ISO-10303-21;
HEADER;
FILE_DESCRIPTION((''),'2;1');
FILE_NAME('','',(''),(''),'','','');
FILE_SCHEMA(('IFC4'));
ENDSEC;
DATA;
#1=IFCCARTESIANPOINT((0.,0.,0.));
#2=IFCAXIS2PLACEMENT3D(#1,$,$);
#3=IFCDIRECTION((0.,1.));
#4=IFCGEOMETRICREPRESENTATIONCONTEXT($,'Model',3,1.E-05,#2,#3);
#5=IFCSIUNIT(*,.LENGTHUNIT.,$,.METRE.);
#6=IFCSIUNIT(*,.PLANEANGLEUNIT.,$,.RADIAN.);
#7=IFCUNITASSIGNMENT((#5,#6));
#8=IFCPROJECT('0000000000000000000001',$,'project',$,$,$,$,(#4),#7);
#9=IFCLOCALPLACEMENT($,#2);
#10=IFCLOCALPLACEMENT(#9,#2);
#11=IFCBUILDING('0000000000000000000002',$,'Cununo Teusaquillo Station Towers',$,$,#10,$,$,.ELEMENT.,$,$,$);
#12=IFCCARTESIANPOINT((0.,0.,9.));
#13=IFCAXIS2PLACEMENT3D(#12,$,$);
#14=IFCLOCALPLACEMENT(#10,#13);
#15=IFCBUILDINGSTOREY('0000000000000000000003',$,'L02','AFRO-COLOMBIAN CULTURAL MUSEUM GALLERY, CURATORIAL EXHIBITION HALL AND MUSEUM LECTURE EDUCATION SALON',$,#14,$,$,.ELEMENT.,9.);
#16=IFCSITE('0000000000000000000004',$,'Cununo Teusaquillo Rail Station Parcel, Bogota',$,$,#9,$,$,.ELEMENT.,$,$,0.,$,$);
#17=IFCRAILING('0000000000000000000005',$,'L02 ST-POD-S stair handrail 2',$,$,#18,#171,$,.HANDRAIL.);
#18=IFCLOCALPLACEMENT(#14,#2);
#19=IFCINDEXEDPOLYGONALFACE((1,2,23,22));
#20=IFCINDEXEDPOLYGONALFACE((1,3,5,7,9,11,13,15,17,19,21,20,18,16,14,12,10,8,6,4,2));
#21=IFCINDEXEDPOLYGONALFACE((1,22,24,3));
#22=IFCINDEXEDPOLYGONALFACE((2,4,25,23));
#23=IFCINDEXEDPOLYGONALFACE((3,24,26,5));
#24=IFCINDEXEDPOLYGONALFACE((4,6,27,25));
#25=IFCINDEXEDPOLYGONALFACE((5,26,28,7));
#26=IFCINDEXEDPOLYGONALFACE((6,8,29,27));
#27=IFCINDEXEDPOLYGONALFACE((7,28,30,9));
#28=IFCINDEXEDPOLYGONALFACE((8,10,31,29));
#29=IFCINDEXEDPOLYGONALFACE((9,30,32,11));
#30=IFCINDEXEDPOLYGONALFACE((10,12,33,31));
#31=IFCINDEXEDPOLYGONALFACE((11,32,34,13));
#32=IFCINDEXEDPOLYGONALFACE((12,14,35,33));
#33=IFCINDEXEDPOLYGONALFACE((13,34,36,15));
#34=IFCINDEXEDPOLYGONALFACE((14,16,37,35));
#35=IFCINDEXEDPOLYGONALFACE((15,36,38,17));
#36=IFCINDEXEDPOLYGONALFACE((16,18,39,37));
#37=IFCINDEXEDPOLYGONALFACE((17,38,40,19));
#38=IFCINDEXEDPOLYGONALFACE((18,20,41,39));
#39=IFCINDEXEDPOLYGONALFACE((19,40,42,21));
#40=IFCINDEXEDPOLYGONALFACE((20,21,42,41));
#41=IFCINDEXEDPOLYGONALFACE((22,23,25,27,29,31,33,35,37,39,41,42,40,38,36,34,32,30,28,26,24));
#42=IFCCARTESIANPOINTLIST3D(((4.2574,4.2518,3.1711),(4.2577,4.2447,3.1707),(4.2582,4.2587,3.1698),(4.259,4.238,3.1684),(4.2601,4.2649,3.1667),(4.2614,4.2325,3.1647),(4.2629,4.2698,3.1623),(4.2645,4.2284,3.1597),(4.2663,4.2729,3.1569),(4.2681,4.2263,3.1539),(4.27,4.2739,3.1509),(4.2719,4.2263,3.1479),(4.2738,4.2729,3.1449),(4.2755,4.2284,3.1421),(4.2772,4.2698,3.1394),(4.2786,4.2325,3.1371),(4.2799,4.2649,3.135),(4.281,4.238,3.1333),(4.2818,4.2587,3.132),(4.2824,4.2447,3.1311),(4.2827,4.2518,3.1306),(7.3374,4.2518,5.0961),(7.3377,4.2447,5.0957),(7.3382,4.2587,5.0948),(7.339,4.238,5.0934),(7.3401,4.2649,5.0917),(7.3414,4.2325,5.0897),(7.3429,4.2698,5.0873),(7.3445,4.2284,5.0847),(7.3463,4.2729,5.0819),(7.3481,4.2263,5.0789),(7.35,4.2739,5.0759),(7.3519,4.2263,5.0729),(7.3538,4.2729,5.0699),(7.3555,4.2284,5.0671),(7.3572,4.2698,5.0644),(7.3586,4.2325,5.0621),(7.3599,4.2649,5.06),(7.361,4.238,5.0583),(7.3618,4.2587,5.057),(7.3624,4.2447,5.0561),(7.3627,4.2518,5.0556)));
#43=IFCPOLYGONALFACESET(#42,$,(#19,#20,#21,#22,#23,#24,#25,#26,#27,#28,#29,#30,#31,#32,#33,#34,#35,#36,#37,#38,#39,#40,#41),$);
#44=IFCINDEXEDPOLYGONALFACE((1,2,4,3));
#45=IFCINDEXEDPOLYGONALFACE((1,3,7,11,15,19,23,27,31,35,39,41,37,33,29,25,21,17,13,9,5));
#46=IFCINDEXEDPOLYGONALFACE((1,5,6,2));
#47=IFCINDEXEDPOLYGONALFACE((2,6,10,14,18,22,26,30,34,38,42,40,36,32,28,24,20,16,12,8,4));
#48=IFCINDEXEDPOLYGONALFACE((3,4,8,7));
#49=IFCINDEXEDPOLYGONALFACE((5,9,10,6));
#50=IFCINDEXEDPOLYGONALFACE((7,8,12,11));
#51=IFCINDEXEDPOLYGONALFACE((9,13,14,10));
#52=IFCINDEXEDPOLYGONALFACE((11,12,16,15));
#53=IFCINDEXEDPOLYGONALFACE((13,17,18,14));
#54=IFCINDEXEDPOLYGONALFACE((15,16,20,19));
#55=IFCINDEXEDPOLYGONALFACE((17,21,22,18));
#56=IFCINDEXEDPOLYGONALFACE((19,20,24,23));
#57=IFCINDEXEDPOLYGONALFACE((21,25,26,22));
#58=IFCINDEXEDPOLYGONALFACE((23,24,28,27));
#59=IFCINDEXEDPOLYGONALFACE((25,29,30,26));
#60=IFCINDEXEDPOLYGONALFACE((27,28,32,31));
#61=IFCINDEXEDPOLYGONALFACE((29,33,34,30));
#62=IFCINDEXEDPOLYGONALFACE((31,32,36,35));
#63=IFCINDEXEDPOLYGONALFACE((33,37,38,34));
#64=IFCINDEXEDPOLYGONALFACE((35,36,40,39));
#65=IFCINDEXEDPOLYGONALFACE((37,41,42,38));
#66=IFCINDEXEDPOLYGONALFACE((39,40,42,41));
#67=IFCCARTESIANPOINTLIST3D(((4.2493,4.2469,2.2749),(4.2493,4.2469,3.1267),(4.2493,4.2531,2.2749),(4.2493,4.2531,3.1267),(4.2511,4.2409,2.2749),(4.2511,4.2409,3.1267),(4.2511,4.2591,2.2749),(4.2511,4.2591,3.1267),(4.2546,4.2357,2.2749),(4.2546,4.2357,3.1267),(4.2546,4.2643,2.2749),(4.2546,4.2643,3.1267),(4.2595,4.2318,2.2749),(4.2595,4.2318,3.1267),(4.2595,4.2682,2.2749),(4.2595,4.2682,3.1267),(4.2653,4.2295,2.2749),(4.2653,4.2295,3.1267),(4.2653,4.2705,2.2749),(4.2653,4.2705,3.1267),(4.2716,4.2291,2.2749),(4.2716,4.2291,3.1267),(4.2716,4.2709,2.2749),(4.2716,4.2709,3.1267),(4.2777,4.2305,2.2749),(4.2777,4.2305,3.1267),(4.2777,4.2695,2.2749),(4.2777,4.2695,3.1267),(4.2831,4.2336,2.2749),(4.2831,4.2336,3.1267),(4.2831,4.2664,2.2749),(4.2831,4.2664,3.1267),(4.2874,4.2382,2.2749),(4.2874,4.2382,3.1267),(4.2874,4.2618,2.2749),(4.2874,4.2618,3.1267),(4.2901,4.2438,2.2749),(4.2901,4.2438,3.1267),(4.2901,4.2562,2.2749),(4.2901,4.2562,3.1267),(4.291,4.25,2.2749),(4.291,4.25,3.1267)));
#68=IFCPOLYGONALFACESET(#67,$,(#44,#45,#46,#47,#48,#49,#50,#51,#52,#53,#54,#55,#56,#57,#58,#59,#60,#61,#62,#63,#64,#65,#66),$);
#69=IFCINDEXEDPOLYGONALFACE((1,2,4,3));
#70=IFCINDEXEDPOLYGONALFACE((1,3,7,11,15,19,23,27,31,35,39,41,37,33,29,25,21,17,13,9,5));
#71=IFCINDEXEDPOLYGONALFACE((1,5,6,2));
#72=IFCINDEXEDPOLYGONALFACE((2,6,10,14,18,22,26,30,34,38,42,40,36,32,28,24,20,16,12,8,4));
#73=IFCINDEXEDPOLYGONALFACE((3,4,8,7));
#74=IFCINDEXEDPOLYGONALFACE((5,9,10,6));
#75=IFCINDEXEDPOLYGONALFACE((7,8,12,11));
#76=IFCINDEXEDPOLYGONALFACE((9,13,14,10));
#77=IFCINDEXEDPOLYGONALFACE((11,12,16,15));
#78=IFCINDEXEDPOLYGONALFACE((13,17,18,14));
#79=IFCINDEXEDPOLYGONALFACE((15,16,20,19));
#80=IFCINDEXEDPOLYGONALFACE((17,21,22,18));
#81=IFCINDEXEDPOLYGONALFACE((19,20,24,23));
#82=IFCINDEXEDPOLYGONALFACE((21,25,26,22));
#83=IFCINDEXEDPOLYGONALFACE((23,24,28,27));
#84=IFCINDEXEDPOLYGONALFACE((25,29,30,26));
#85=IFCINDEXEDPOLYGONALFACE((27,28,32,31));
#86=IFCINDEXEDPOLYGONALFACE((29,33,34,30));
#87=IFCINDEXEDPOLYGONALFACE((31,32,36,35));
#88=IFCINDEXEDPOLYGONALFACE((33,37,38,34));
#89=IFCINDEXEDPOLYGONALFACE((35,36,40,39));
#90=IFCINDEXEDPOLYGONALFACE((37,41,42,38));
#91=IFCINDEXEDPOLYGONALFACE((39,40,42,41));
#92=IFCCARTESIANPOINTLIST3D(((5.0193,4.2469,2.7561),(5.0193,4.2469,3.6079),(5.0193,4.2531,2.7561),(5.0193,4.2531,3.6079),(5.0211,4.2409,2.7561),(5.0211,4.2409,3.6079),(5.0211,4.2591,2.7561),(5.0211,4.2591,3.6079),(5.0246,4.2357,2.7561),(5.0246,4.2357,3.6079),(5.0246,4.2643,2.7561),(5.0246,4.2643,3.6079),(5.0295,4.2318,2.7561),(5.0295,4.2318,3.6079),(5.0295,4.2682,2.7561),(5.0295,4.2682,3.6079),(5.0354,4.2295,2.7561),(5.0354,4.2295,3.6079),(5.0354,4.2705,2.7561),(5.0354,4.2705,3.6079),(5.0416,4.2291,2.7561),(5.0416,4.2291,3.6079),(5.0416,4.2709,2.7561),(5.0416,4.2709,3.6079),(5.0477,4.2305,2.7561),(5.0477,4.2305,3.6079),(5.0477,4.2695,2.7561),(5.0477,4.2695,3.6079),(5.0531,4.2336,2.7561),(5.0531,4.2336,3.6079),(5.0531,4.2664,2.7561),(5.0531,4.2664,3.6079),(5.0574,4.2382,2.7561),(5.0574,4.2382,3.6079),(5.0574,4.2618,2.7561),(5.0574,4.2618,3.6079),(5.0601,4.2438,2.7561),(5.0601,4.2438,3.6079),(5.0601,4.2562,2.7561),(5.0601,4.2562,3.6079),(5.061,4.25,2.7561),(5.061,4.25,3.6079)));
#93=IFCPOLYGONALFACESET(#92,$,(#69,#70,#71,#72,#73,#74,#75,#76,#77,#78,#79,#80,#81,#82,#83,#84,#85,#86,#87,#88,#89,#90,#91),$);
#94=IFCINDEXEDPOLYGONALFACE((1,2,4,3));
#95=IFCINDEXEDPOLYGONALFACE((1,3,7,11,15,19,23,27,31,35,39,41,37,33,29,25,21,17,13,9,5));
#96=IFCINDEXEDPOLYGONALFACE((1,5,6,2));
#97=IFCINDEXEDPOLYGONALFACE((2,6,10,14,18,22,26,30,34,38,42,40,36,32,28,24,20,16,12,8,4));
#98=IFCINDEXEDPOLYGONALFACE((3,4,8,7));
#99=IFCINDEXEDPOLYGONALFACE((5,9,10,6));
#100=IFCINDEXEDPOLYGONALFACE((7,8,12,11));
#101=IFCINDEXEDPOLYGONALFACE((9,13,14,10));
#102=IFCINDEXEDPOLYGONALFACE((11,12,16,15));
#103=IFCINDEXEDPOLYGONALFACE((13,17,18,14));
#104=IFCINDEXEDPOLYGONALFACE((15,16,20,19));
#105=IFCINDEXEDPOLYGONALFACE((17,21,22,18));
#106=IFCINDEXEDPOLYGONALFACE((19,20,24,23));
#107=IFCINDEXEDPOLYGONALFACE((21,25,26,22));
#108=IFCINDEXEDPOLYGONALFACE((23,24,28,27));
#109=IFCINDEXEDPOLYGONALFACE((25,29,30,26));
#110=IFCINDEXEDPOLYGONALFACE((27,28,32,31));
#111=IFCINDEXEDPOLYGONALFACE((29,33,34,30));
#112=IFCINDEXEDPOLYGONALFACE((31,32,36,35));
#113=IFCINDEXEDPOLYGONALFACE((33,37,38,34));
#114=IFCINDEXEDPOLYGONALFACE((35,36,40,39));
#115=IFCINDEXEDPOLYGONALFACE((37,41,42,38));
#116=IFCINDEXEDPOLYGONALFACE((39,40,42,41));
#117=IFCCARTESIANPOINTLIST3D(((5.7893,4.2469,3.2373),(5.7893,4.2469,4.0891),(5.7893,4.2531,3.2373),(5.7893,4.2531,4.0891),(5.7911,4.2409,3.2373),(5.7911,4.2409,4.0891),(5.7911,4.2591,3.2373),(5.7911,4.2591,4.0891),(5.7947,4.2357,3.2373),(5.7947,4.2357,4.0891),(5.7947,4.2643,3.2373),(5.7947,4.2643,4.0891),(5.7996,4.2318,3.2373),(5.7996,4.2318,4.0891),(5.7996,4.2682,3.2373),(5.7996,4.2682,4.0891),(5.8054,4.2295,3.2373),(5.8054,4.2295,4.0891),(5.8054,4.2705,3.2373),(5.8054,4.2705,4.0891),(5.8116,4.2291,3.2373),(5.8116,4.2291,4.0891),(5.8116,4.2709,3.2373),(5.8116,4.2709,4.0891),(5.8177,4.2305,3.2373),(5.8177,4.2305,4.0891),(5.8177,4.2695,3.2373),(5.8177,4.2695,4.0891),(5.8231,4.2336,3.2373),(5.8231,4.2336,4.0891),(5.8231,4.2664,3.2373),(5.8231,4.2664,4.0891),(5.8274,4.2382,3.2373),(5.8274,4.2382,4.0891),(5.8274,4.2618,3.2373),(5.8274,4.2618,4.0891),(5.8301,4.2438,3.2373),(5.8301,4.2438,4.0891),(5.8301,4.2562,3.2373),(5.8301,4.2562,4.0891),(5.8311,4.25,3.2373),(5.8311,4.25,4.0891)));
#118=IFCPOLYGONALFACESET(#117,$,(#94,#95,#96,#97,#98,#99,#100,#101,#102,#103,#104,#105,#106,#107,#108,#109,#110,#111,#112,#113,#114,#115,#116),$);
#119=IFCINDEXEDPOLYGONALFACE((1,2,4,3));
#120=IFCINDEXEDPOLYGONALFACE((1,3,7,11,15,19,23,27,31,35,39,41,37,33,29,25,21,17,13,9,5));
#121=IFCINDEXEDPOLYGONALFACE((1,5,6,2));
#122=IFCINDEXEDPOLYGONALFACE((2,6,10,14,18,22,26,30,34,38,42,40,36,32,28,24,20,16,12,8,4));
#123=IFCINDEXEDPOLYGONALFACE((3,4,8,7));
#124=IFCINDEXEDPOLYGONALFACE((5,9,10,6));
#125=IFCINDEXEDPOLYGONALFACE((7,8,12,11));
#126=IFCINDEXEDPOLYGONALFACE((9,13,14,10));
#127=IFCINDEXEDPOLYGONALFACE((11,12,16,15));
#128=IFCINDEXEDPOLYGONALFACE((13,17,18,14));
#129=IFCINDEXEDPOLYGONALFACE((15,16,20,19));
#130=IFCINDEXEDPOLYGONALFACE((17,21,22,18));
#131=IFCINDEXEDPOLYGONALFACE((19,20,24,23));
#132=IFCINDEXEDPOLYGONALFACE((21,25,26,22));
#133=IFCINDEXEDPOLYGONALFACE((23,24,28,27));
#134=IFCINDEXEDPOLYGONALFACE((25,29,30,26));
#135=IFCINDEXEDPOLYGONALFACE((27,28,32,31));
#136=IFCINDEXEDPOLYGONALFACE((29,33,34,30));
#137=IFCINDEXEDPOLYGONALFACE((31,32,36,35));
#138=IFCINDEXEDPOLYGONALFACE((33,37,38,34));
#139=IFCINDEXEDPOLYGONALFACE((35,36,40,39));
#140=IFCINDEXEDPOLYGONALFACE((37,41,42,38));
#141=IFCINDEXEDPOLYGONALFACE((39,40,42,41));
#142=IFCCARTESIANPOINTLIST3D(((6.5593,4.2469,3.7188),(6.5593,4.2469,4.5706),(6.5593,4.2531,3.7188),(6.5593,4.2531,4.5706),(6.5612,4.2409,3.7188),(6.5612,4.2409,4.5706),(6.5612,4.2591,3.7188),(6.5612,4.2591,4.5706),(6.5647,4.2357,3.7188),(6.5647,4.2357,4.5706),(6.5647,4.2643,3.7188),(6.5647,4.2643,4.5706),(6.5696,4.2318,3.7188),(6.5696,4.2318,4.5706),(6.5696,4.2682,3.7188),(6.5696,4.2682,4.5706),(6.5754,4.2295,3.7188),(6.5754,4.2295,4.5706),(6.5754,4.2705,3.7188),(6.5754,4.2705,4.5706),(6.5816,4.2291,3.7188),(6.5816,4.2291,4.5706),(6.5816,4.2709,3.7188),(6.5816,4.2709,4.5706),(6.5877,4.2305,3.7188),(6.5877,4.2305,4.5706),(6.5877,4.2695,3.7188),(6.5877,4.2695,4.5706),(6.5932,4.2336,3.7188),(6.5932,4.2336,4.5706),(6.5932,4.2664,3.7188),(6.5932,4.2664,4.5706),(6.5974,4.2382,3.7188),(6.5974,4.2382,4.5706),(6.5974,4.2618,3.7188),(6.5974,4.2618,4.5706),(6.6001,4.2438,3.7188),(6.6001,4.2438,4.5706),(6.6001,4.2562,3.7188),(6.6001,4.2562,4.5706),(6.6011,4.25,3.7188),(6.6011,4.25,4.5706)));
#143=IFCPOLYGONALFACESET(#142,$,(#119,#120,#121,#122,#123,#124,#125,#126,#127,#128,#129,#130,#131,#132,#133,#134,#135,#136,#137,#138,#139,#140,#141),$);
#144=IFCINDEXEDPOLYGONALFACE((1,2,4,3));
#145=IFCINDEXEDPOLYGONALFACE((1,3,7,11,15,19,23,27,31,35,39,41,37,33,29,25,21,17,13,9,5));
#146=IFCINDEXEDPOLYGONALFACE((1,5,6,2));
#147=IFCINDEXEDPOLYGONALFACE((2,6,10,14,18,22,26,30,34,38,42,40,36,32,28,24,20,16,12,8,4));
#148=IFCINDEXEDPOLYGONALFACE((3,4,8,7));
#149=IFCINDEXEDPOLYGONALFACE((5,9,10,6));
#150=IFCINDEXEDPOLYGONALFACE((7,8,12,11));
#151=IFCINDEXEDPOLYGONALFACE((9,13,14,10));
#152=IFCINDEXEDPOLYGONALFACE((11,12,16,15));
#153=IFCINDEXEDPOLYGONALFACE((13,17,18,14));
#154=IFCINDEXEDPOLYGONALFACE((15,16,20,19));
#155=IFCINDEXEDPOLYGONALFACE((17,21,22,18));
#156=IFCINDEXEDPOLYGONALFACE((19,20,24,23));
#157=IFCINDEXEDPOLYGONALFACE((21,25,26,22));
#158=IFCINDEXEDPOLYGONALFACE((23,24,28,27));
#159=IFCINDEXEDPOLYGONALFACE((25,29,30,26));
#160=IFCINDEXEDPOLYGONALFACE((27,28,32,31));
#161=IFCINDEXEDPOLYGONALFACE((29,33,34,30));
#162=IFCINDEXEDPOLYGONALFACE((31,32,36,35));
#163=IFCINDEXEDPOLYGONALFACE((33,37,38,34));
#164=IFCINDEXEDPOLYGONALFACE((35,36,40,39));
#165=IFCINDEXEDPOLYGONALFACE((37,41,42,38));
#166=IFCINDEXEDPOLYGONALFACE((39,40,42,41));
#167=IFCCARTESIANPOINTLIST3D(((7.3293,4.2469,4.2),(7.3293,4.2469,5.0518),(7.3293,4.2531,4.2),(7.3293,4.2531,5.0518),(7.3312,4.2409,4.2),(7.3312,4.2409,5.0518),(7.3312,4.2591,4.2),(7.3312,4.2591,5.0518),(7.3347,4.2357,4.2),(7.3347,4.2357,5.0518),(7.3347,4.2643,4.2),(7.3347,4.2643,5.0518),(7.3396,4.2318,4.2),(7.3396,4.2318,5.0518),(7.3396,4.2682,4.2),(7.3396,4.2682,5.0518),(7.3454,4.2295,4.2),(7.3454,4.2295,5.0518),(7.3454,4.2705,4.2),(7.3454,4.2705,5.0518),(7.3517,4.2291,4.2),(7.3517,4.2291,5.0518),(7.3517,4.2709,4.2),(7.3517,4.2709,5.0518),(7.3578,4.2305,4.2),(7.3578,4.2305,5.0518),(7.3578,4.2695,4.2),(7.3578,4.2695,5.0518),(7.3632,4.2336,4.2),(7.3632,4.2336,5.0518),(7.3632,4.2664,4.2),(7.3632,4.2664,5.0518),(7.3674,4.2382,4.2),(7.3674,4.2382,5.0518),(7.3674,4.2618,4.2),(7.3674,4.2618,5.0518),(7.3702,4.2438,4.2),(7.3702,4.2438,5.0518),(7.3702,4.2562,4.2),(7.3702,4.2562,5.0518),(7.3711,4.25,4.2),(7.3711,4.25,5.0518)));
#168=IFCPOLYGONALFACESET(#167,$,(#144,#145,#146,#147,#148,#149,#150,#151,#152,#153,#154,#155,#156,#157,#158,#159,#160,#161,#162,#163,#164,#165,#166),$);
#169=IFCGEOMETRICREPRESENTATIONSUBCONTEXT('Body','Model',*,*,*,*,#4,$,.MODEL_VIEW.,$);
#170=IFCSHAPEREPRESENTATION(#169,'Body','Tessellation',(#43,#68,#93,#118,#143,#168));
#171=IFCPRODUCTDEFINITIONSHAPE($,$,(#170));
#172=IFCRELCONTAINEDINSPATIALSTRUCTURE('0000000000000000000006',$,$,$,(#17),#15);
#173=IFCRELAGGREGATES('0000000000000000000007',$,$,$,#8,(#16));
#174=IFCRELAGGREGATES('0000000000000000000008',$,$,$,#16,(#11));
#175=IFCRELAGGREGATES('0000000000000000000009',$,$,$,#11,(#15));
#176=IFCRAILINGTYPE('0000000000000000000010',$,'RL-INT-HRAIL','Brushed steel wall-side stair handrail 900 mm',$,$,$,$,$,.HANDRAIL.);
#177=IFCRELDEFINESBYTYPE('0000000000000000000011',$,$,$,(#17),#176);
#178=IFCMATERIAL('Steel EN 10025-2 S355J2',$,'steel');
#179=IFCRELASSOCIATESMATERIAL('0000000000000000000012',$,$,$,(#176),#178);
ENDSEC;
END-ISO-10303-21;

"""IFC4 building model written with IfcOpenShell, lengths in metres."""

from ifc_helpers import new_model, si_unit, direction, frame, origin, origin_2d, place, context, subcontext, project, spatial, circle, extrude, material, type_object, element, save


model = new_model("IFC4")

# Units and contexts
model_context = context("Model", 3, precision=1e-05, world=origin(), true_north=direction((0.0, 1.0)))
body_context = subcontext(model_context, "Body", "Model", "MODEL_VIEW")
ifc_project = project(units=[si_unit("LENGTHUNIT", "METRE"), si_unit("PLANEANGLEUNIT", "RADIAN")], contexts=[model_context])

# Site, building, storey
site_placement = place(None, origin())
site = spatial("IfcSite", under=ifc_project, at=site_placement, Name="Cununo Teusaquillo Rail Station Parcel, Bogota", CompositionType="ELEMENT", RefElevation=0.0)
building_placement = place(site_placement, origin())
building = spatial("IfcBuilding", under=site, at=building_placement, Name="Cununo Teusaquillo Station Towers", CompositionType="ELEMENT")
storey_placement = place(building_placement, frame((0.0, 0.0, 9.0)))
storey = spatial("IfcBuildingStorey", under=building, at=storey_placement, Name="L02", Description="AFRO-COLOMBIAN CULTURAL MUSEUM GALLERY, CURATORIAL EXHIBITION HALL AND MUSEUM LECTURE EDUCATION SALON", CompositionType="ELEMENT", Elevation=9.0)

# Railing
ifc_material_1 = material(Name="Steel EN 10025-2 S355J2", Category="steel")
railing_type_1 = type_object("IfcRailingType", Name="RL-INT-HRAIL", Description="Brushed steel wall-side stair handrail 900 mm", PredefinedType="HANDRAIL", material=ifc_material_1)
railing_1_placement = place(storey_placement, frame((4.27, 4.25, 2.2749)))
element("IfcRailing", 1, at=railing_1_placement, inside=storey, type_object=railing_type_1, Name="L02 ST-POD-S stair handrail 2", PredefinedType="HANDRAIL", context=body_context, shape_type="SweptSolid", body=[
    extrude(circle(Radius=0.0239, at=origin_2d()), frame((0.0, 0.0, 0.876), z_axis=(0.847998, 0.0, 0.529999), x_axis=(0.0, 1.0, 0.0)), (0.0, 0.0, 1.0), 3.6321),
    extrude(circle(Radius=0.021, at=origin_2d()), origin(), (0.0, 0.0, 1.0), 0.8518),
    extrude(circle(Radius=0.021, at=origin_2d()), frame((0.77, 0.0, 0.4812)), (0.0, 0.0, 1.0), 0.8518),
    extrude(circle(Radius=0.021, at=origin_2d()), frame((1.54, 0.0, 0.9624)), (0.0, 0.0, 1.0), 0.8518),
    extrude(circle(Radius=0.021, at=origin_2d()), frame((2.3101, 0.0, 1.4438)), (0.0, 0.0, 1.0), 0.8518),
    extrude(circle(Radius=0.021, at=origin_2d()), frame((3.0801, 0.0, 1.925)), (0.0, 0.0, 1.0), 0.8518),
])

save(model, "model.ifc")
